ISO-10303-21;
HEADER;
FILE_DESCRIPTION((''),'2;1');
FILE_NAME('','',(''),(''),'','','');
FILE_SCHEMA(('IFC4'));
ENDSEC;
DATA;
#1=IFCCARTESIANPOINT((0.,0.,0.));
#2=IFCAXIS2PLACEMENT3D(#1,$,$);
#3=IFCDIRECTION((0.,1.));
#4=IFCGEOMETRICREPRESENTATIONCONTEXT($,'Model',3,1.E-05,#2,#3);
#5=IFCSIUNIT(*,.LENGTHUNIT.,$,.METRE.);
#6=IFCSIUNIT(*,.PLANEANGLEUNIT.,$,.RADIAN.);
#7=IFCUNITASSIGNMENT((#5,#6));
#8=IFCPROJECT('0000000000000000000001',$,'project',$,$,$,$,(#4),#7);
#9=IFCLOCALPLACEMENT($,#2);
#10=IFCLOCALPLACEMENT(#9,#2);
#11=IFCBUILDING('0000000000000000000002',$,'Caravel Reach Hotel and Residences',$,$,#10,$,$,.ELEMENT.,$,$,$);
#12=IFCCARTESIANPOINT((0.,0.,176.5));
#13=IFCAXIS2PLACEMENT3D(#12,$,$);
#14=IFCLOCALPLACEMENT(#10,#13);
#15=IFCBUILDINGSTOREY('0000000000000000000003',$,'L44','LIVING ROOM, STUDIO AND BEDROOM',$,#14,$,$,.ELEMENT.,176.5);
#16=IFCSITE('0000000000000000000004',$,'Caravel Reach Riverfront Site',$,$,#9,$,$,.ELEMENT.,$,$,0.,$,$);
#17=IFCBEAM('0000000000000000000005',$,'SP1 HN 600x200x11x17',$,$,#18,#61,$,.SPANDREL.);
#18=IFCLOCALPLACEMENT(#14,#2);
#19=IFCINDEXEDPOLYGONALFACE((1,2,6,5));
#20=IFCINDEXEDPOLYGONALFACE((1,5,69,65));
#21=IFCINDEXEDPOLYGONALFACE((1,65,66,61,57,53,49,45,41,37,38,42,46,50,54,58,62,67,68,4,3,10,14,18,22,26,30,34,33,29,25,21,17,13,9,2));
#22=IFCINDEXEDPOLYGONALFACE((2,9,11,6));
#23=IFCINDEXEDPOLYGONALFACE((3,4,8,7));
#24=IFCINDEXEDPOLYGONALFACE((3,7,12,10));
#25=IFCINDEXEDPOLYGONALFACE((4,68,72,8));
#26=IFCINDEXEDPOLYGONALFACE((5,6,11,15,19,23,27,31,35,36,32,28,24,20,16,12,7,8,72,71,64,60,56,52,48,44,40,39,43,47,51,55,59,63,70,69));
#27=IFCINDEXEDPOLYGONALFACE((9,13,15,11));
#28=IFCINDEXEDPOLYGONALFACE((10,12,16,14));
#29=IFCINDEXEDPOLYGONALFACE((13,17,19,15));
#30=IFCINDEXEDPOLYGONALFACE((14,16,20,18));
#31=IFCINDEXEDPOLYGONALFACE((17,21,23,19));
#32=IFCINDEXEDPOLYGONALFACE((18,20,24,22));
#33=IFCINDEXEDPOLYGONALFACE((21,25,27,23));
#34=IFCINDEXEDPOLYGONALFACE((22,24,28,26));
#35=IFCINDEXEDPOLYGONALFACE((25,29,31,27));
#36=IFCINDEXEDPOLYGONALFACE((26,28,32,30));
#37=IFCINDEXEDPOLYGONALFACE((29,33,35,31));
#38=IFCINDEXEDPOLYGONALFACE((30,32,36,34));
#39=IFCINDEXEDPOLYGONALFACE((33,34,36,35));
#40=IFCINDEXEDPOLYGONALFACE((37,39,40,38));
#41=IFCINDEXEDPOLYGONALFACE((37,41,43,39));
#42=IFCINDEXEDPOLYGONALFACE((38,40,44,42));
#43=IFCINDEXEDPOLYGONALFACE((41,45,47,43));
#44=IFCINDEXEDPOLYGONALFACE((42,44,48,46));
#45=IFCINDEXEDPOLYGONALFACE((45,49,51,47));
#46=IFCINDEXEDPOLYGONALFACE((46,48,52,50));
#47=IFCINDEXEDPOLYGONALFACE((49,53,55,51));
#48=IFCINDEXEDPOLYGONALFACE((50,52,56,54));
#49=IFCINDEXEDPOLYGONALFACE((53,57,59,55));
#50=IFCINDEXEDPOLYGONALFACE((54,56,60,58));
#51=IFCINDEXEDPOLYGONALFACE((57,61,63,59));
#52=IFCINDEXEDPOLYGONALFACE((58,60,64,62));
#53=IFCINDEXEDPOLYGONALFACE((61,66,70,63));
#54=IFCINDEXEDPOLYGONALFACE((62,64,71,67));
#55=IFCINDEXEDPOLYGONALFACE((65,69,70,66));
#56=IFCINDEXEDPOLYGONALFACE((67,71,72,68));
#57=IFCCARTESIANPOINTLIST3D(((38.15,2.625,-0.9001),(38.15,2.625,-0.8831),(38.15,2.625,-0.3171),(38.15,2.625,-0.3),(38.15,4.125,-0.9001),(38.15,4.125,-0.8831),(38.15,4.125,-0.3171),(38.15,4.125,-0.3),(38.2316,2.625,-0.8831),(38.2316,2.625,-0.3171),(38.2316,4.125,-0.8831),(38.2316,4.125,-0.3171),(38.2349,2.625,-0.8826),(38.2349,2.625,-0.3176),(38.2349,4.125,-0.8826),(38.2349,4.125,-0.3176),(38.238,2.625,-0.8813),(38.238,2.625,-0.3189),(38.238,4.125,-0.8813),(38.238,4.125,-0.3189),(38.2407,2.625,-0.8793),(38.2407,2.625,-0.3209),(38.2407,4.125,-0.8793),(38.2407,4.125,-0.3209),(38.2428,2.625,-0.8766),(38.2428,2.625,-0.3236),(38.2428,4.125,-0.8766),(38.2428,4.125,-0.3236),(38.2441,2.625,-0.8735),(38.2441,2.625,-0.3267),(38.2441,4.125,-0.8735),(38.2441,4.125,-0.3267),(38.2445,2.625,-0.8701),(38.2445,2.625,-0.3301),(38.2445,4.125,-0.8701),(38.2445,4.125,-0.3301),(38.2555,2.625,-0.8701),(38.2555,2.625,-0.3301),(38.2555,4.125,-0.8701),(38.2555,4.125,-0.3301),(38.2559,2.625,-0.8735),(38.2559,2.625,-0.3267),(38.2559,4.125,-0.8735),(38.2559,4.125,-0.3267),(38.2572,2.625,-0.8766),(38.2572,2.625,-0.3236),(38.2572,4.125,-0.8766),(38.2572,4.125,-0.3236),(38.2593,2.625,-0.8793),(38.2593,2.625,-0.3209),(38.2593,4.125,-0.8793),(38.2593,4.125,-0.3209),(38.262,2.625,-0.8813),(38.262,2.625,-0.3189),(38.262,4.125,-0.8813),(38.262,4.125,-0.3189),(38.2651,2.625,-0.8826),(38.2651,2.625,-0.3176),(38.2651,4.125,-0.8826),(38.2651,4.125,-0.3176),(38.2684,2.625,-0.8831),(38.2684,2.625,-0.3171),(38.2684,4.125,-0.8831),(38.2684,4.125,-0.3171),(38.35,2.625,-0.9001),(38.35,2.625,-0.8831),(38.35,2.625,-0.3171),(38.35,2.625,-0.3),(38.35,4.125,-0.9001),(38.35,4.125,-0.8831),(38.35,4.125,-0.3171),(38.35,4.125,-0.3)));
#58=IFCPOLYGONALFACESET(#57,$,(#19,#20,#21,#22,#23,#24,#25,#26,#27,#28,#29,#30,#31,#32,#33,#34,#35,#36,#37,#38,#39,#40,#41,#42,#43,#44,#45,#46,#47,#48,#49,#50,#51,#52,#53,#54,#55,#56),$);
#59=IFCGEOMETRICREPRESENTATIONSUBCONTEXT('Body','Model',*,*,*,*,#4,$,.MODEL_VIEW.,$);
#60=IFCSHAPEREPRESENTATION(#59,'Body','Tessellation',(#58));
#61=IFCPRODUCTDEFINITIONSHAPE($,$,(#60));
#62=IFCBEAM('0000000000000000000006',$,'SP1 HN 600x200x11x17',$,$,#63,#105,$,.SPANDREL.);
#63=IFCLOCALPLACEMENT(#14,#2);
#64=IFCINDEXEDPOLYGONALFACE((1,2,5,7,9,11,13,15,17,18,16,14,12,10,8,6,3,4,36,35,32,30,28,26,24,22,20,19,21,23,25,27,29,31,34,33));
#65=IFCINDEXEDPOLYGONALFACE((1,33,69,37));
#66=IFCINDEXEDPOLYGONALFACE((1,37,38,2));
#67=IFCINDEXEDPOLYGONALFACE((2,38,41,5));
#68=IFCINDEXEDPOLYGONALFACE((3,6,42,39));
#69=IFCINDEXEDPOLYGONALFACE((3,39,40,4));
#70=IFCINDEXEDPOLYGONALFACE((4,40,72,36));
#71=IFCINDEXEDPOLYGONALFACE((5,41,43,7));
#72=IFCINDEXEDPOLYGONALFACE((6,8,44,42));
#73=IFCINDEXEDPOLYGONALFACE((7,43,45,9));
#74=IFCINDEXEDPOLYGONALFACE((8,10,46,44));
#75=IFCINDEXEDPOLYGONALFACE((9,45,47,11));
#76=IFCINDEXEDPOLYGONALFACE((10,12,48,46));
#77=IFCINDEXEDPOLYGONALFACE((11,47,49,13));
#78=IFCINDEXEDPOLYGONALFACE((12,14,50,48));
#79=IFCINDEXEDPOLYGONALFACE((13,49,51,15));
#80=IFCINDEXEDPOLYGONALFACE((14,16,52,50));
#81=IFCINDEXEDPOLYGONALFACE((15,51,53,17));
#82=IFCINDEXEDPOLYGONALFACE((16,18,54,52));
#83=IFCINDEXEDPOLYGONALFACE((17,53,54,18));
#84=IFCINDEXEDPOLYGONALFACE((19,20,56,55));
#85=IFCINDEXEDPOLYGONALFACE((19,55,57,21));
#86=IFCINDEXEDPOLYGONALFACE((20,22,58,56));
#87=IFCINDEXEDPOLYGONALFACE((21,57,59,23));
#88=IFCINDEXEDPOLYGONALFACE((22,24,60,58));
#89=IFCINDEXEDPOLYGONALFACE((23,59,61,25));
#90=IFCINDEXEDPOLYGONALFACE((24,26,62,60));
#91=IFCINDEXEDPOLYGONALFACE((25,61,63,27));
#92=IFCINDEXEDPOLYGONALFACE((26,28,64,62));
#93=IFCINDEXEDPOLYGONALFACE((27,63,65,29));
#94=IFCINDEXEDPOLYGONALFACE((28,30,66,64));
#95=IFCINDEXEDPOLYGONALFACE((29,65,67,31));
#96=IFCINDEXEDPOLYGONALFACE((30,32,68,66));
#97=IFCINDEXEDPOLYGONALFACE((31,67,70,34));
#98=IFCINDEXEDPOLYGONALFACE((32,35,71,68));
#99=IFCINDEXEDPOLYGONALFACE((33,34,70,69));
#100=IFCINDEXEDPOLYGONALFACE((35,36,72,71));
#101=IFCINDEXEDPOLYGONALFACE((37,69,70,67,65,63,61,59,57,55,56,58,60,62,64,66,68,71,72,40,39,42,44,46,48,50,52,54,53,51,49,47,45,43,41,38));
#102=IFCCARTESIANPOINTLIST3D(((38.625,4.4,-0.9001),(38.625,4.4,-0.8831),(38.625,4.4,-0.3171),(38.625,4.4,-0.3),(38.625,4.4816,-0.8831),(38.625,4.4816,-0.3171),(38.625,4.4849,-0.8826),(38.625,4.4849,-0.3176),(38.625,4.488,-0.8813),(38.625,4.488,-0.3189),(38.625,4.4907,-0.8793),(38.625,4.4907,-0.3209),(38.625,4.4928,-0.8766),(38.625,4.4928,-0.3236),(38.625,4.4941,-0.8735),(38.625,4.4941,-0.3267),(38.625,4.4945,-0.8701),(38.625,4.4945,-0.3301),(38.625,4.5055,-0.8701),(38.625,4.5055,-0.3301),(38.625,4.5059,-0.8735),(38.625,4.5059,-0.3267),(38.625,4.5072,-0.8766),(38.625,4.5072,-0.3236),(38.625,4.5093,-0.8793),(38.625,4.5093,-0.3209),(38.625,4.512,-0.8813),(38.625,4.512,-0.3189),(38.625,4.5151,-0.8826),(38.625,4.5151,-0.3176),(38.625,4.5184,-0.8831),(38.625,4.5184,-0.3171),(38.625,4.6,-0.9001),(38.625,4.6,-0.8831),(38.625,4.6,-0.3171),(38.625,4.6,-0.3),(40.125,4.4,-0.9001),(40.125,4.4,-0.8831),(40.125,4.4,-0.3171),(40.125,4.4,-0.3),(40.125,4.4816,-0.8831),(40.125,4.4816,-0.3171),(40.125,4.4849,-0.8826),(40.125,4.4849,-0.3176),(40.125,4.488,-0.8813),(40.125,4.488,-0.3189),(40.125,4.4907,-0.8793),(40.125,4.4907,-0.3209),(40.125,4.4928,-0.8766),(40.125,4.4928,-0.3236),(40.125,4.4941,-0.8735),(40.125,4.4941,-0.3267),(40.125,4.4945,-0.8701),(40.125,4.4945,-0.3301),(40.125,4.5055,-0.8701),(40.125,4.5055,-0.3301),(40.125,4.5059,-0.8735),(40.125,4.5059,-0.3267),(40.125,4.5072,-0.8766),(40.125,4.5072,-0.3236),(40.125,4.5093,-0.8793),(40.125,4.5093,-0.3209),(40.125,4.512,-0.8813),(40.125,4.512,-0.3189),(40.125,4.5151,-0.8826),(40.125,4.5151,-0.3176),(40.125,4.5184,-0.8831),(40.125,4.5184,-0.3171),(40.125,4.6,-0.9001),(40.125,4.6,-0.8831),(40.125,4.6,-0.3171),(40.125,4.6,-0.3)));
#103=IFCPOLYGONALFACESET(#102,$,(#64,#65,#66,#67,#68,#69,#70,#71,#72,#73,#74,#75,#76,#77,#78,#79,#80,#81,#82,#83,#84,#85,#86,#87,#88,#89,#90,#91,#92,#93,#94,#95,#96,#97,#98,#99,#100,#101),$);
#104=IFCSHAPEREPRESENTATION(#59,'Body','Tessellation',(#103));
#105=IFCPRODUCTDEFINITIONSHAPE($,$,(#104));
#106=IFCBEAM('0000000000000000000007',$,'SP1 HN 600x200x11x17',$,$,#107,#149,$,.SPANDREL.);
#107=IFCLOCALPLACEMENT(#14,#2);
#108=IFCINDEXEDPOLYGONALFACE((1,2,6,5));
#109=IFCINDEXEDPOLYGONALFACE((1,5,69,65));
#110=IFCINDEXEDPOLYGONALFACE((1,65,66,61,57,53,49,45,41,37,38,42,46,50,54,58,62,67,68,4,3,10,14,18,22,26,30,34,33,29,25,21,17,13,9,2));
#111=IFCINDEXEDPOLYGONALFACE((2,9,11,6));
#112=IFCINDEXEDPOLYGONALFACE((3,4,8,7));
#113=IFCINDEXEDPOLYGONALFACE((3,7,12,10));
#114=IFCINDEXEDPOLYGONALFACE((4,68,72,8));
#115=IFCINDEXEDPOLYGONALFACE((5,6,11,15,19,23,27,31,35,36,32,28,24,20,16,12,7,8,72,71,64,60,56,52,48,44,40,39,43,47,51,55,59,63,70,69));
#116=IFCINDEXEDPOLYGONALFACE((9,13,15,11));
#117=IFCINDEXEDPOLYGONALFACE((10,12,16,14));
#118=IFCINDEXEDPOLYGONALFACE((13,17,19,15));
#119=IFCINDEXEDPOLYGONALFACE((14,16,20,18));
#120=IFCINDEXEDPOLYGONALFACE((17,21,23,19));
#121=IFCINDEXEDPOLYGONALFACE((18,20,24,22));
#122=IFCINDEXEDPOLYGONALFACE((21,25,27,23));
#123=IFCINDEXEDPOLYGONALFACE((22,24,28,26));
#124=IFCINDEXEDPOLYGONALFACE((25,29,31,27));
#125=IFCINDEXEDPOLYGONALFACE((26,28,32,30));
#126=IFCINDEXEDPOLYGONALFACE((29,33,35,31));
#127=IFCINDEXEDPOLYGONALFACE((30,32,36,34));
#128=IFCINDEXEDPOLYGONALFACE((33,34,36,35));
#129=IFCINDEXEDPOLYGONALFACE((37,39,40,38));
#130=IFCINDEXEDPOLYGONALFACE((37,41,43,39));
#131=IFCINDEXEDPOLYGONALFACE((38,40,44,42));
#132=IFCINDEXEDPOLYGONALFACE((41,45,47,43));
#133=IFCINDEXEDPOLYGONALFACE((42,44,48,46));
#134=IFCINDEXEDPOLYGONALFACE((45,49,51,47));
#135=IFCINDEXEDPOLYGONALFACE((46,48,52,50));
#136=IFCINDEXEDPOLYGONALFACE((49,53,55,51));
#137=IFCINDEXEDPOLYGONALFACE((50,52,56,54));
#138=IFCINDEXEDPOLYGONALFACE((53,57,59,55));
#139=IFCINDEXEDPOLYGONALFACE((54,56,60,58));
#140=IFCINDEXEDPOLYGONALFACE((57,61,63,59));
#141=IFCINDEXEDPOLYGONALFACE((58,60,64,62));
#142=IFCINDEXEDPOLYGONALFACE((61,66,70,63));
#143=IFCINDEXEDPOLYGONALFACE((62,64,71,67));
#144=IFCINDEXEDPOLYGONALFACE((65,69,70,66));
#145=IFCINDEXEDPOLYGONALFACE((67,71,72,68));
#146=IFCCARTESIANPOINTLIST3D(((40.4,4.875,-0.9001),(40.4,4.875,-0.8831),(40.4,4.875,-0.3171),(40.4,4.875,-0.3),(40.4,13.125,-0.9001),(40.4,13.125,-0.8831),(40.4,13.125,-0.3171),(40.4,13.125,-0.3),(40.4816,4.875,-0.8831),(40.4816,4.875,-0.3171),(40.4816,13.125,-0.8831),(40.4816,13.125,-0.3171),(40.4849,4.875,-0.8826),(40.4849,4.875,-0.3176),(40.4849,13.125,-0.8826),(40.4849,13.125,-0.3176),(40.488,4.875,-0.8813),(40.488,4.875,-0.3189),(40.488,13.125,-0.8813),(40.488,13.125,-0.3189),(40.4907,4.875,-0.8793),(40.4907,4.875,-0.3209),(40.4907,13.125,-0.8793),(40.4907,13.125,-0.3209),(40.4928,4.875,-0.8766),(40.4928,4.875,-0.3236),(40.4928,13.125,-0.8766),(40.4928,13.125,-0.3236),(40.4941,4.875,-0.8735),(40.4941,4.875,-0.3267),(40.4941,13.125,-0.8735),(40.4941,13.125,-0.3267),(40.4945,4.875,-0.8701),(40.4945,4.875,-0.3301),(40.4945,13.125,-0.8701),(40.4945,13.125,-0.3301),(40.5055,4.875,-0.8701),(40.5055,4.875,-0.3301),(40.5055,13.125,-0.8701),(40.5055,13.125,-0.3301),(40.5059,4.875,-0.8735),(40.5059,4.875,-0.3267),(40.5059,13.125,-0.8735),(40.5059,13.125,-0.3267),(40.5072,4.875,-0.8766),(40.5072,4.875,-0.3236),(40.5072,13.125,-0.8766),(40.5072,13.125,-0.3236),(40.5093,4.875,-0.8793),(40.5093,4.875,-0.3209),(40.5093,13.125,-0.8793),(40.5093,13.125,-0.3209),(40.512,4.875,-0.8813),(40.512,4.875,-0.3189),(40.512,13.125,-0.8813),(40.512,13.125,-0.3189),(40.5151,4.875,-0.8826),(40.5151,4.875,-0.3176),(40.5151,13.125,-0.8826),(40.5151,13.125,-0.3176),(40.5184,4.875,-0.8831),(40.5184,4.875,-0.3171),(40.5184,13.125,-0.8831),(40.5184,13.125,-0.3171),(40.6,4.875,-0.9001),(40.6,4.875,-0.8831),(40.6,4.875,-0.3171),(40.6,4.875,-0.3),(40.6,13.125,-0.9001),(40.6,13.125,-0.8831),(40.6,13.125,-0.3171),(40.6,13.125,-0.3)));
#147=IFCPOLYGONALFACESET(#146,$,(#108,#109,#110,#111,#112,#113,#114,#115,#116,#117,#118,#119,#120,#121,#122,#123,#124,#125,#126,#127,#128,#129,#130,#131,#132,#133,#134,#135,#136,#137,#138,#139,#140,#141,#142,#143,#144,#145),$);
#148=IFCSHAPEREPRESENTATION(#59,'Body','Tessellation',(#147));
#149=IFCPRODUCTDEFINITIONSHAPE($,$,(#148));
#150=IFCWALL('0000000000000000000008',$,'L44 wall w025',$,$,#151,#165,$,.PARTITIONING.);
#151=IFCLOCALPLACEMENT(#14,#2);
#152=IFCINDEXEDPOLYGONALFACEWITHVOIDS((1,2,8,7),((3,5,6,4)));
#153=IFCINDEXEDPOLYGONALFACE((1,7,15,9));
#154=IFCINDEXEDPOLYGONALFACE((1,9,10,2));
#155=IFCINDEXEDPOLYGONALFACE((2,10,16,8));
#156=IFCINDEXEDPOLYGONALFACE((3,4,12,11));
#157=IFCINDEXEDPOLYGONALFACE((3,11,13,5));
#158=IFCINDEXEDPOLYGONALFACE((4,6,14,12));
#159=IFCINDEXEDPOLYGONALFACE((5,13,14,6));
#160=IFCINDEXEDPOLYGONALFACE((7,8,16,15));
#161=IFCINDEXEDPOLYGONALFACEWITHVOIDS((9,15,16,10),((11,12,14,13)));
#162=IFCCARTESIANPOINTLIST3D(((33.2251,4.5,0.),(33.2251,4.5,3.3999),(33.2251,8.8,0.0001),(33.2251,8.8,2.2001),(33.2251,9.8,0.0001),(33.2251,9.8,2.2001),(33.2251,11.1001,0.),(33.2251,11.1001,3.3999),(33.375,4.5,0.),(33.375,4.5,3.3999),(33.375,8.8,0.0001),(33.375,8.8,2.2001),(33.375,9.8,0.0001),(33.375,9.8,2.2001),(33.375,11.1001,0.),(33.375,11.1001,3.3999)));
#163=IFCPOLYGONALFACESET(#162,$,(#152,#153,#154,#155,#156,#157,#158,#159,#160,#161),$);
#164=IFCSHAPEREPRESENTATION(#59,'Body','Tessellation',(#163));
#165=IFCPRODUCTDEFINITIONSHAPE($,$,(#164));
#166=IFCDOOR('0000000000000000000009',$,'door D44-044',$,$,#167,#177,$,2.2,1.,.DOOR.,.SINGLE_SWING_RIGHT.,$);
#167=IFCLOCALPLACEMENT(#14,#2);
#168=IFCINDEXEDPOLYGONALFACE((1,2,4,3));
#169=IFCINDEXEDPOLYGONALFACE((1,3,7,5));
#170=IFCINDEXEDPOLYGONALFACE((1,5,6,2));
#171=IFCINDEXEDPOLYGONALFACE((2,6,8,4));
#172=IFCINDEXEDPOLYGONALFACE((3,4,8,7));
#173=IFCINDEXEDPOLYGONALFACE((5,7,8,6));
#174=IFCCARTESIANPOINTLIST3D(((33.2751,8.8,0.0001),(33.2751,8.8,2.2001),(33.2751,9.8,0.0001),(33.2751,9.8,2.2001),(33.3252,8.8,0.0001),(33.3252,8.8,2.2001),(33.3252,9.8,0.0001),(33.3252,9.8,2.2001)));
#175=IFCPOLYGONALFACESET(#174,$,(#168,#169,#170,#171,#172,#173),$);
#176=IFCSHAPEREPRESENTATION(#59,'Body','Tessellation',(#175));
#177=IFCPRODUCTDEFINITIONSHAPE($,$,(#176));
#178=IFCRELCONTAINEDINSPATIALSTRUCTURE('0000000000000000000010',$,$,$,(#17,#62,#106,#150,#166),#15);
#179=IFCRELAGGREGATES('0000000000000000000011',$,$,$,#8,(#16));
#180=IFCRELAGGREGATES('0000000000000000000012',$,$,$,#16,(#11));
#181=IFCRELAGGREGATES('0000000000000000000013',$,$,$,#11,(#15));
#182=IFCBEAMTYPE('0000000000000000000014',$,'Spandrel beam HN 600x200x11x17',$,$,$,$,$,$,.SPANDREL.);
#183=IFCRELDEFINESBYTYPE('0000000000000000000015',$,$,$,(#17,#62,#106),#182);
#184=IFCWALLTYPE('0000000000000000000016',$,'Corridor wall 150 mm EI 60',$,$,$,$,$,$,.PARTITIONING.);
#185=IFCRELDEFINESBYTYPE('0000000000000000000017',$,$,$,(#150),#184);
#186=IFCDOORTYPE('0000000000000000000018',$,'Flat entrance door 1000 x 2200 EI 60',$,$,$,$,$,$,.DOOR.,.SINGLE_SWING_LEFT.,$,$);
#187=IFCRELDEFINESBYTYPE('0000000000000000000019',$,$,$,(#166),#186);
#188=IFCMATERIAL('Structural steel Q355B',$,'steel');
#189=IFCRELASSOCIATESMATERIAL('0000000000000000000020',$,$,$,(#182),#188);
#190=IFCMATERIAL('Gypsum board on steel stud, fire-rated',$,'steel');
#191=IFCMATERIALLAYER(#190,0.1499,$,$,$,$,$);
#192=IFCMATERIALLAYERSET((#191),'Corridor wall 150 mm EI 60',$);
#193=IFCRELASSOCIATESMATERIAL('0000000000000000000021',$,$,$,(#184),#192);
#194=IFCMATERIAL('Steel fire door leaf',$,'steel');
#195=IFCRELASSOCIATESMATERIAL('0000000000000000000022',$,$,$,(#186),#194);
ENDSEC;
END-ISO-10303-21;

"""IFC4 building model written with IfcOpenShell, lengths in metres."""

from ifc_helpers import new_model, si_unit, direction, frame, frame_2d, origin, origin_2d, place, context, subcontext, project, spatial, rectangle, i_section, extrude, material, layer, layer_set, material_profile, profile_set, type_object, element, fill, save


model = new_model("IFC4")

# Units and contexts
model_context = context("Model", 3, precision=1e-05, world=origin(), true_north=direction((0.0, 1.0)))
body_context = subcontext(model_context, "Body", "Model", "MODEL_VIEW")
ifc_project = project(units=[si_unit("LENGTHUNIT", "METRE"), si_unit("PLANEANGLEUNIT", "RADIAN")], contexts=[model_context])

# Site, building, storey
site_placement = place(None, origin())
site = spatial("IfcSite", under=ifc_project, at=site_placement, Name="Caravel Reach Riverfront Site", CompositionType="ELEMENT", RefElevation=0.0)
building_placement = place(site_placement, origin())
building = spatial("IfcBuilding", under=site, at=building_placement, Name="Caravel Reach Hotel and Residences", CompositionType="ELEMENT")
storey_placement = place(building_placement, frame((0.0, 0.0, 176.5)))
storey = spatial("IfcBuildingStorey", under=building, at=storey_placement, Name="L44", Description="LIVING ROOM, STUDIO AND BEDROOM", CompositionType="ELEMENT", Elevation=176.5)

# Beams
ifc_material_1 = material(Name="Structural steel Q355B", Category="steel")
ifc_material_profile_1 = material_profile(ifc_material_1, i_section(OverallWidth=0.2, OverallDepth=0.6001, WebThickness=0.011, FlangeThickness=0.0171, FilletRadius=0.0129, at=origin_2d()), Name="HN 600x200x11x17")
ifc_profile_set_1 = profile_set([ifc_material_profile_1], Name="Structural steel Q355B")
beam_type = type_object("IfcBeamType", Name="Spandrel beam HN 600x200x11x17", PredefinedType="SPANDREL", material=ifc_profile_set_1)
for number, where, z_axis, x_axis, name in (
    (1, (38.25, 2.625, -0.6001), (0.0, 1.0, 0.0), (-1.0, 0.0, 0.0), "SP1 HN 600x200x11x17"),
    (2, (38.625, 4.5, -0.6001), (1.0, 0.0, 0.0), (0.0, 1.0, 0.0), "SP1 HN 600x200x11x17"),
):
    element("IfcBeam", number, at=place(storey_placement, frame(where, z_axis=z_axis, x_axis=x_axis)), inside=storey, type_object=beam_type, Name=name, PredefinedType="SPANDREL", context=body_context, shape_type="SweptSolid", body=[
        extrude(i_section(OverallWidth=0.2, OverallDepth=0.6001, WebThickness=0.011, FlangeThickness=0.0171, FilletRadius=0.0129, at=origin_2d()), origin(), (0.0, 0.0, 1.0), 1.5),
    ])
beam_placement = place(storey_placement, frame((40.5, 4.875, -0.6001), z_axis=(0.0, 1.0, 0.0), x_axis=(-1.0, 0.0, 0.0)))
element("IfcBeam", 3, at=beam_placement, inside=storey, type_object=beam_type, Name="SP1 HN 600x200x11x17", PredefinedType="SPANDREL", context=body_context, shape_type="SweptSolid", body=[
    extrude(i_section(OverallWidth=0.2, OverallDepth=0.6001, WebThickness=0.011, FlangeThickness=0.0171, FilletRadius=0.0129, at=origin_2d()), origin(), (0.0, 0.0, 1.0), 8.25),
])

# Wall, opening, door
ifc_material_2 = material(Name="Gypsum board on steel stud, fire-rated", Category="steel")
ifc_layer_1 = layer(ifc_material_2, 0.1499)
ifc_layer_set_1 = layer_set([ifc_layer_1], Name="Corridor wall 150 mm EI 60")
wall_type_1 = type_object("IfcWallType", Name="Corridor wall 150 mm EI 60", PredefinedType="PARTITIONING", material=ifc_layer_set_1)
wall_1_placement = place(storey_placement, frame((33.3, 4.5, 0.0), z_axis=(0.0, 0.0, 1.0), x_axis=(0.0, 1.0, 0.0)))
wall_1 = element("IfcWall", 4, at=wall_1_placement, inside=storey, type_object=wall_type_1, Name="L44 wall w025", PredefinedType="PARTITIONING", context=body_context, shape_type="SweptSolid", body=[
    extrude(rectangle(XDim=6.6001, YDim=0.1499, at=frame_2d((3.3, 0.0))), origin(), (0.0, 0.0, 1.0), 3.3999),
])
opening_1_placement = place(wall_1_placement, frame((4.3, 0.0, 0.0)))
opening_1 = element("IfcOpeningElement", 5, at=opening_1_placement, cuts=wall_1, PredefinedType="OPENING", context=body_context, shape_type="SweptSolid", body=[
    extrude(rectangle(XDim=1.0, YDim=2.2, at=frame_2d((0.5, 1.1001))), frame((0.0, 0.085, 0.0), z_axis=(0.0, -1.0, 0.0), x_axis=(1.0, 0.0, 0.0)), (0.0, 0.0, 1.0), 0.1699),
])
ifc_material_3 = material(Name="Steel fire door leaf", Category="steel")
door_type_1 = type_object("IfcDoorType", Name="Flat entrance door 1000 x 2200 EI 60", OperationType="SINGLE_SWING_LEFT", PredefinedType="DOOR", material=ifc_material_3)
door_1_placement = place(opening_1_placement, origin())
door_1 = element("IfcDoor", 6, at=door_1_placement, inside=storey, type_object=door_type_1, Name="door D44-044", OperationType="SINGLE_SWING_RIGHT", OverallHeight=2.2, OverallWidth=1.0, PredefinedType="DOOR", context=body_context, shape_type="SweptSolid", body=[
    extrude(rectangle(XDim=1.0, YDim=2.2, at=frame_2d((0.5, 1.1001))), frame((0.0, 0.0249, 0.0), z_axis=(0.0, -1.0, 0.0), x_axis=(1.0, 0.0, 0.0)), (0.0, 0.0, 1.0), 0.05),
])
fill(opening_1, door_1)

save(model, "model.ifc")
